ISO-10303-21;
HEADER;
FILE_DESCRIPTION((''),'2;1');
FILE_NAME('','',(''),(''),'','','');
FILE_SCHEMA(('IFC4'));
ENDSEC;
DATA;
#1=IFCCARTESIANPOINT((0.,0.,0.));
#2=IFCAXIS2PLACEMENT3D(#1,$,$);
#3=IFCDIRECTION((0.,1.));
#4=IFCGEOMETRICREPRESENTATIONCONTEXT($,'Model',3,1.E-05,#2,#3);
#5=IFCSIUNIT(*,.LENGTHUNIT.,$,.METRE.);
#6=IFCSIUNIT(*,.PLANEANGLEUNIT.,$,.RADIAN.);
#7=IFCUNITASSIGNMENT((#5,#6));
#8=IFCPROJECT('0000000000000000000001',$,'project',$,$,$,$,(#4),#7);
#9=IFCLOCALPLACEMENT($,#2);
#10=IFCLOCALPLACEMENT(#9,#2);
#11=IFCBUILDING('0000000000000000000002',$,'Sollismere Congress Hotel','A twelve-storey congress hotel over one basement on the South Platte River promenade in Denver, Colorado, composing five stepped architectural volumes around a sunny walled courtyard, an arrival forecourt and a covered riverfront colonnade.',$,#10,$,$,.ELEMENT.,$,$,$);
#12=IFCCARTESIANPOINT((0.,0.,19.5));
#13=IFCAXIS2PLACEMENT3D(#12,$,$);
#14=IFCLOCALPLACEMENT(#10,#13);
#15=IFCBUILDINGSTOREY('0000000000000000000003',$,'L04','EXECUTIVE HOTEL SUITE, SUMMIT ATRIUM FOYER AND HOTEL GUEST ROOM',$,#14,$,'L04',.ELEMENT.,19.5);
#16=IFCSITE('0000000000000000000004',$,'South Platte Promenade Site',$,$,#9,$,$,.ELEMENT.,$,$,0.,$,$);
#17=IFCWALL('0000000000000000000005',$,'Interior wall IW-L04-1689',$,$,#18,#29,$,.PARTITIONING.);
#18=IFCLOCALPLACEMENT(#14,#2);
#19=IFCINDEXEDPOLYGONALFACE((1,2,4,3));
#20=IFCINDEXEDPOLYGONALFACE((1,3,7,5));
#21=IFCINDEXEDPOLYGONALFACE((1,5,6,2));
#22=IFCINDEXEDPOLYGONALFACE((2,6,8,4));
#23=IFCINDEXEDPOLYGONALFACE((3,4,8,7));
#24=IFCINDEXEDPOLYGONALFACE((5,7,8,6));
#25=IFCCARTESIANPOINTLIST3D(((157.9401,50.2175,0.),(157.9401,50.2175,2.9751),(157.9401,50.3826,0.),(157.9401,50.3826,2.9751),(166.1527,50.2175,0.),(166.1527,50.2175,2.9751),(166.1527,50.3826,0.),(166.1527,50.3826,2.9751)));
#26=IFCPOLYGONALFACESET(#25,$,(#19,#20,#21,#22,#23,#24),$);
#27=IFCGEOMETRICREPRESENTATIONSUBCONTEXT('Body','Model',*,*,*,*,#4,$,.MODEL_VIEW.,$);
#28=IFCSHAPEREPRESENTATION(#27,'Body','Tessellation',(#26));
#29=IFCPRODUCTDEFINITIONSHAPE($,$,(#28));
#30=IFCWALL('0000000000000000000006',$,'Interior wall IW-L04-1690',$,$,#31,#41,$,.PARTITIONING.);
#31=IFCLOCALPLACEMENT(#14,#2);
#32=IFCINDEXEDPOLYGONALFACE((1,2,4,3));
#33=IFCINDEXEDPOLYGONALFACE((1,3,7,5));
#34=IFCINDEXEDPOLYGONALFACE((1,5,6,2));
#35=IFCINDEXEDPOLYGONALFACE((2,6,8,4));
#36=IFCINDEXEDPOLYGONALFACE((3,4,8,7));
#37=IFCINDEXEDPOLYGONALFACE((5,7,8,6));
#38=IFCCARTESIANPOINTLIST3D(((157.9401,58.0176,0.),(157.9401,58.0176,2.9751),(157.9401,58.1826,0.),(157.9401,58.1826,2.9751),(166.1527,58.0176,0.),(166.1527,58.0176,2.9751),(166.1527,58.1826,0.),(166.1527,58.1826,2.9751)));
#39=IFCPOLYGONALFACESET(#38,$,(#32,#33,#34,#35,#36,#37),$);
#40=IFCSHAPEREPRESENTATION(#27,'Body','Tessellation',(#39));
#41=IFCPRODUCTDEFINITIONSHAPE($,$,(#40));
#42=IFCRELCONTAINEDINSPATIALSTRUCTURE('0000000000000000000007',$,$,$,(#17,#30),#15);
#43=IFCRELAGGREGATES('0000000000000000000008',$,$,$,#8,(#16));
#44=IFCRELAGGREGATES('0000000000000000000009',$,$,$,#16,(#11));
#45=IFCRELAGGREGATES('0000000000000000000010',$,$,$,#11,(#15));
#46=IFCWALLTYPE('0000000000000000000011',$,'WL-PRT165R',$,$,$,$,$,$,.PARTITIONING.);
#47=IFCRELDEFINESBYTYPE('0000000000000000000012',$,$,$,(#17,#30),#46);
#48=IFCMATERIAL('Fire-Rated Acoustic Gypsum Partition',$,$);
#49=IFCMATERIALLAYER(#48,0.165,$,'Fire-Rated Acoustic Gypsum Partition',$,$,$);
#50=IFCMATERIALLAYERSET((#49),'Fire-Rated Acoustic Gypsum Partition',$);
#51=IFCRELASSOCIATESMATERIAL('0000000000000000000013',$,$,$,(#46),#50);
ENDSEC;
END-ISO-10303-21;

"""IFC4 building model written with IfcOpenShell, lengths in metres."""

from ifc_helpers import new_model, si_unit, direction, frame, frame_2d, origin, place, context, subcontext, project, spatial, rectangle, extrude, material, layer, layer_set, type_object, element, save


model = new_model("IFC4")

# Units and contexts
model_context = context("Model", 3, precision=1e-05, world=origin(), true_north=direction((0.0, 1.0)))
body_context = subcontext(model_context, "Body", "Model", "MODEL_VIEW")
ifc_project = project(units=[si_unit("LENGTHUNIT", "METRE"), si_unit("PLANEANGLEUNIT", "RADIAN")], contexts=[model_context])

# Site, building, storey
site_placement = place(None, origin())
site = spatial("IfcSite", under=ifc_project, at=site_placement, Name="South Platte Promenade Site", CompositionType="ELEMENT", RefElevation=0.0)
building_placement = place(site_placement, origin())
building = spatial("IfcBuilding", under=site, at=building_placement, Name="Sollismere Congress Hotel", Description="A twelve-storey congress hotel over one basement on the South Platte River promenade in Denver, Colorado, composing five stepped architectural volumes around a sunny walled courtyard, an arrival forecourt and a covered riverfront colonnade.", CompositionType="ELEMENT")
storey_placement = place(building_placement, frame((0.0, 0.0, 19.5)))
storey = spatial("IfcBuildingStorey", under=building, at=storey_placement, Name="L04", Description="EXECUTIVE HOTEL SUITE, SUMMIT ATRIUM FOYER AND HOTEL GUEST ROOM", LongName="L04", CompositionType="ELEMENT", Elevation=19.5)

# Walls
ifc_material_1 = material(Name="Fire-Rated Acoustic Gypsum Partition")
ifc_layer_1 = layer(ifc_material_1, 0.165, Name="Fire-Rated Acoustic Gypsum Partition")
ifc_layer_set_1 = layer_set([ifc_layer_1], Name="Fire-Rated Acoustic Gypsum Partition")
wall_type_1 = type_object("IfcWallType", Name="WL-PRT165R", PredefinedType="PARTITIONING", material=ifc_layer_set_1)
for number, where, z_axis, x_axis, name in (
    (1, (157.9399, 50.3, 0.0), (0.0, 0.0, 1.0), (1.0, 0.0, 0.0), "Interior wall IW-L04-1689"),
    (2, (157.9399, 58.1001, 0.0), (0.0, 0.0, 1.0), (1.0, 0.0, 0.0), "Interior wall IW-L04-1690"),
):
    element("IfcWall", number, at=place(storey_placement, frame(where, z_axis=z_axis, x_axis=x_axis)), inside=storey, type_object=wall_type_1, Name=name, PredefinedType="PARTITIONING", context=body_context, shape_type="SweptSolid", body=[
        extrude(rectangle(XDim=8.2126, YDim=0.165, at=frame_2d((4.1064, 0.0))), origin(), (0.0, 0.0, 1.0), 2.9751),
    ])

save(model, "model.ifc")
